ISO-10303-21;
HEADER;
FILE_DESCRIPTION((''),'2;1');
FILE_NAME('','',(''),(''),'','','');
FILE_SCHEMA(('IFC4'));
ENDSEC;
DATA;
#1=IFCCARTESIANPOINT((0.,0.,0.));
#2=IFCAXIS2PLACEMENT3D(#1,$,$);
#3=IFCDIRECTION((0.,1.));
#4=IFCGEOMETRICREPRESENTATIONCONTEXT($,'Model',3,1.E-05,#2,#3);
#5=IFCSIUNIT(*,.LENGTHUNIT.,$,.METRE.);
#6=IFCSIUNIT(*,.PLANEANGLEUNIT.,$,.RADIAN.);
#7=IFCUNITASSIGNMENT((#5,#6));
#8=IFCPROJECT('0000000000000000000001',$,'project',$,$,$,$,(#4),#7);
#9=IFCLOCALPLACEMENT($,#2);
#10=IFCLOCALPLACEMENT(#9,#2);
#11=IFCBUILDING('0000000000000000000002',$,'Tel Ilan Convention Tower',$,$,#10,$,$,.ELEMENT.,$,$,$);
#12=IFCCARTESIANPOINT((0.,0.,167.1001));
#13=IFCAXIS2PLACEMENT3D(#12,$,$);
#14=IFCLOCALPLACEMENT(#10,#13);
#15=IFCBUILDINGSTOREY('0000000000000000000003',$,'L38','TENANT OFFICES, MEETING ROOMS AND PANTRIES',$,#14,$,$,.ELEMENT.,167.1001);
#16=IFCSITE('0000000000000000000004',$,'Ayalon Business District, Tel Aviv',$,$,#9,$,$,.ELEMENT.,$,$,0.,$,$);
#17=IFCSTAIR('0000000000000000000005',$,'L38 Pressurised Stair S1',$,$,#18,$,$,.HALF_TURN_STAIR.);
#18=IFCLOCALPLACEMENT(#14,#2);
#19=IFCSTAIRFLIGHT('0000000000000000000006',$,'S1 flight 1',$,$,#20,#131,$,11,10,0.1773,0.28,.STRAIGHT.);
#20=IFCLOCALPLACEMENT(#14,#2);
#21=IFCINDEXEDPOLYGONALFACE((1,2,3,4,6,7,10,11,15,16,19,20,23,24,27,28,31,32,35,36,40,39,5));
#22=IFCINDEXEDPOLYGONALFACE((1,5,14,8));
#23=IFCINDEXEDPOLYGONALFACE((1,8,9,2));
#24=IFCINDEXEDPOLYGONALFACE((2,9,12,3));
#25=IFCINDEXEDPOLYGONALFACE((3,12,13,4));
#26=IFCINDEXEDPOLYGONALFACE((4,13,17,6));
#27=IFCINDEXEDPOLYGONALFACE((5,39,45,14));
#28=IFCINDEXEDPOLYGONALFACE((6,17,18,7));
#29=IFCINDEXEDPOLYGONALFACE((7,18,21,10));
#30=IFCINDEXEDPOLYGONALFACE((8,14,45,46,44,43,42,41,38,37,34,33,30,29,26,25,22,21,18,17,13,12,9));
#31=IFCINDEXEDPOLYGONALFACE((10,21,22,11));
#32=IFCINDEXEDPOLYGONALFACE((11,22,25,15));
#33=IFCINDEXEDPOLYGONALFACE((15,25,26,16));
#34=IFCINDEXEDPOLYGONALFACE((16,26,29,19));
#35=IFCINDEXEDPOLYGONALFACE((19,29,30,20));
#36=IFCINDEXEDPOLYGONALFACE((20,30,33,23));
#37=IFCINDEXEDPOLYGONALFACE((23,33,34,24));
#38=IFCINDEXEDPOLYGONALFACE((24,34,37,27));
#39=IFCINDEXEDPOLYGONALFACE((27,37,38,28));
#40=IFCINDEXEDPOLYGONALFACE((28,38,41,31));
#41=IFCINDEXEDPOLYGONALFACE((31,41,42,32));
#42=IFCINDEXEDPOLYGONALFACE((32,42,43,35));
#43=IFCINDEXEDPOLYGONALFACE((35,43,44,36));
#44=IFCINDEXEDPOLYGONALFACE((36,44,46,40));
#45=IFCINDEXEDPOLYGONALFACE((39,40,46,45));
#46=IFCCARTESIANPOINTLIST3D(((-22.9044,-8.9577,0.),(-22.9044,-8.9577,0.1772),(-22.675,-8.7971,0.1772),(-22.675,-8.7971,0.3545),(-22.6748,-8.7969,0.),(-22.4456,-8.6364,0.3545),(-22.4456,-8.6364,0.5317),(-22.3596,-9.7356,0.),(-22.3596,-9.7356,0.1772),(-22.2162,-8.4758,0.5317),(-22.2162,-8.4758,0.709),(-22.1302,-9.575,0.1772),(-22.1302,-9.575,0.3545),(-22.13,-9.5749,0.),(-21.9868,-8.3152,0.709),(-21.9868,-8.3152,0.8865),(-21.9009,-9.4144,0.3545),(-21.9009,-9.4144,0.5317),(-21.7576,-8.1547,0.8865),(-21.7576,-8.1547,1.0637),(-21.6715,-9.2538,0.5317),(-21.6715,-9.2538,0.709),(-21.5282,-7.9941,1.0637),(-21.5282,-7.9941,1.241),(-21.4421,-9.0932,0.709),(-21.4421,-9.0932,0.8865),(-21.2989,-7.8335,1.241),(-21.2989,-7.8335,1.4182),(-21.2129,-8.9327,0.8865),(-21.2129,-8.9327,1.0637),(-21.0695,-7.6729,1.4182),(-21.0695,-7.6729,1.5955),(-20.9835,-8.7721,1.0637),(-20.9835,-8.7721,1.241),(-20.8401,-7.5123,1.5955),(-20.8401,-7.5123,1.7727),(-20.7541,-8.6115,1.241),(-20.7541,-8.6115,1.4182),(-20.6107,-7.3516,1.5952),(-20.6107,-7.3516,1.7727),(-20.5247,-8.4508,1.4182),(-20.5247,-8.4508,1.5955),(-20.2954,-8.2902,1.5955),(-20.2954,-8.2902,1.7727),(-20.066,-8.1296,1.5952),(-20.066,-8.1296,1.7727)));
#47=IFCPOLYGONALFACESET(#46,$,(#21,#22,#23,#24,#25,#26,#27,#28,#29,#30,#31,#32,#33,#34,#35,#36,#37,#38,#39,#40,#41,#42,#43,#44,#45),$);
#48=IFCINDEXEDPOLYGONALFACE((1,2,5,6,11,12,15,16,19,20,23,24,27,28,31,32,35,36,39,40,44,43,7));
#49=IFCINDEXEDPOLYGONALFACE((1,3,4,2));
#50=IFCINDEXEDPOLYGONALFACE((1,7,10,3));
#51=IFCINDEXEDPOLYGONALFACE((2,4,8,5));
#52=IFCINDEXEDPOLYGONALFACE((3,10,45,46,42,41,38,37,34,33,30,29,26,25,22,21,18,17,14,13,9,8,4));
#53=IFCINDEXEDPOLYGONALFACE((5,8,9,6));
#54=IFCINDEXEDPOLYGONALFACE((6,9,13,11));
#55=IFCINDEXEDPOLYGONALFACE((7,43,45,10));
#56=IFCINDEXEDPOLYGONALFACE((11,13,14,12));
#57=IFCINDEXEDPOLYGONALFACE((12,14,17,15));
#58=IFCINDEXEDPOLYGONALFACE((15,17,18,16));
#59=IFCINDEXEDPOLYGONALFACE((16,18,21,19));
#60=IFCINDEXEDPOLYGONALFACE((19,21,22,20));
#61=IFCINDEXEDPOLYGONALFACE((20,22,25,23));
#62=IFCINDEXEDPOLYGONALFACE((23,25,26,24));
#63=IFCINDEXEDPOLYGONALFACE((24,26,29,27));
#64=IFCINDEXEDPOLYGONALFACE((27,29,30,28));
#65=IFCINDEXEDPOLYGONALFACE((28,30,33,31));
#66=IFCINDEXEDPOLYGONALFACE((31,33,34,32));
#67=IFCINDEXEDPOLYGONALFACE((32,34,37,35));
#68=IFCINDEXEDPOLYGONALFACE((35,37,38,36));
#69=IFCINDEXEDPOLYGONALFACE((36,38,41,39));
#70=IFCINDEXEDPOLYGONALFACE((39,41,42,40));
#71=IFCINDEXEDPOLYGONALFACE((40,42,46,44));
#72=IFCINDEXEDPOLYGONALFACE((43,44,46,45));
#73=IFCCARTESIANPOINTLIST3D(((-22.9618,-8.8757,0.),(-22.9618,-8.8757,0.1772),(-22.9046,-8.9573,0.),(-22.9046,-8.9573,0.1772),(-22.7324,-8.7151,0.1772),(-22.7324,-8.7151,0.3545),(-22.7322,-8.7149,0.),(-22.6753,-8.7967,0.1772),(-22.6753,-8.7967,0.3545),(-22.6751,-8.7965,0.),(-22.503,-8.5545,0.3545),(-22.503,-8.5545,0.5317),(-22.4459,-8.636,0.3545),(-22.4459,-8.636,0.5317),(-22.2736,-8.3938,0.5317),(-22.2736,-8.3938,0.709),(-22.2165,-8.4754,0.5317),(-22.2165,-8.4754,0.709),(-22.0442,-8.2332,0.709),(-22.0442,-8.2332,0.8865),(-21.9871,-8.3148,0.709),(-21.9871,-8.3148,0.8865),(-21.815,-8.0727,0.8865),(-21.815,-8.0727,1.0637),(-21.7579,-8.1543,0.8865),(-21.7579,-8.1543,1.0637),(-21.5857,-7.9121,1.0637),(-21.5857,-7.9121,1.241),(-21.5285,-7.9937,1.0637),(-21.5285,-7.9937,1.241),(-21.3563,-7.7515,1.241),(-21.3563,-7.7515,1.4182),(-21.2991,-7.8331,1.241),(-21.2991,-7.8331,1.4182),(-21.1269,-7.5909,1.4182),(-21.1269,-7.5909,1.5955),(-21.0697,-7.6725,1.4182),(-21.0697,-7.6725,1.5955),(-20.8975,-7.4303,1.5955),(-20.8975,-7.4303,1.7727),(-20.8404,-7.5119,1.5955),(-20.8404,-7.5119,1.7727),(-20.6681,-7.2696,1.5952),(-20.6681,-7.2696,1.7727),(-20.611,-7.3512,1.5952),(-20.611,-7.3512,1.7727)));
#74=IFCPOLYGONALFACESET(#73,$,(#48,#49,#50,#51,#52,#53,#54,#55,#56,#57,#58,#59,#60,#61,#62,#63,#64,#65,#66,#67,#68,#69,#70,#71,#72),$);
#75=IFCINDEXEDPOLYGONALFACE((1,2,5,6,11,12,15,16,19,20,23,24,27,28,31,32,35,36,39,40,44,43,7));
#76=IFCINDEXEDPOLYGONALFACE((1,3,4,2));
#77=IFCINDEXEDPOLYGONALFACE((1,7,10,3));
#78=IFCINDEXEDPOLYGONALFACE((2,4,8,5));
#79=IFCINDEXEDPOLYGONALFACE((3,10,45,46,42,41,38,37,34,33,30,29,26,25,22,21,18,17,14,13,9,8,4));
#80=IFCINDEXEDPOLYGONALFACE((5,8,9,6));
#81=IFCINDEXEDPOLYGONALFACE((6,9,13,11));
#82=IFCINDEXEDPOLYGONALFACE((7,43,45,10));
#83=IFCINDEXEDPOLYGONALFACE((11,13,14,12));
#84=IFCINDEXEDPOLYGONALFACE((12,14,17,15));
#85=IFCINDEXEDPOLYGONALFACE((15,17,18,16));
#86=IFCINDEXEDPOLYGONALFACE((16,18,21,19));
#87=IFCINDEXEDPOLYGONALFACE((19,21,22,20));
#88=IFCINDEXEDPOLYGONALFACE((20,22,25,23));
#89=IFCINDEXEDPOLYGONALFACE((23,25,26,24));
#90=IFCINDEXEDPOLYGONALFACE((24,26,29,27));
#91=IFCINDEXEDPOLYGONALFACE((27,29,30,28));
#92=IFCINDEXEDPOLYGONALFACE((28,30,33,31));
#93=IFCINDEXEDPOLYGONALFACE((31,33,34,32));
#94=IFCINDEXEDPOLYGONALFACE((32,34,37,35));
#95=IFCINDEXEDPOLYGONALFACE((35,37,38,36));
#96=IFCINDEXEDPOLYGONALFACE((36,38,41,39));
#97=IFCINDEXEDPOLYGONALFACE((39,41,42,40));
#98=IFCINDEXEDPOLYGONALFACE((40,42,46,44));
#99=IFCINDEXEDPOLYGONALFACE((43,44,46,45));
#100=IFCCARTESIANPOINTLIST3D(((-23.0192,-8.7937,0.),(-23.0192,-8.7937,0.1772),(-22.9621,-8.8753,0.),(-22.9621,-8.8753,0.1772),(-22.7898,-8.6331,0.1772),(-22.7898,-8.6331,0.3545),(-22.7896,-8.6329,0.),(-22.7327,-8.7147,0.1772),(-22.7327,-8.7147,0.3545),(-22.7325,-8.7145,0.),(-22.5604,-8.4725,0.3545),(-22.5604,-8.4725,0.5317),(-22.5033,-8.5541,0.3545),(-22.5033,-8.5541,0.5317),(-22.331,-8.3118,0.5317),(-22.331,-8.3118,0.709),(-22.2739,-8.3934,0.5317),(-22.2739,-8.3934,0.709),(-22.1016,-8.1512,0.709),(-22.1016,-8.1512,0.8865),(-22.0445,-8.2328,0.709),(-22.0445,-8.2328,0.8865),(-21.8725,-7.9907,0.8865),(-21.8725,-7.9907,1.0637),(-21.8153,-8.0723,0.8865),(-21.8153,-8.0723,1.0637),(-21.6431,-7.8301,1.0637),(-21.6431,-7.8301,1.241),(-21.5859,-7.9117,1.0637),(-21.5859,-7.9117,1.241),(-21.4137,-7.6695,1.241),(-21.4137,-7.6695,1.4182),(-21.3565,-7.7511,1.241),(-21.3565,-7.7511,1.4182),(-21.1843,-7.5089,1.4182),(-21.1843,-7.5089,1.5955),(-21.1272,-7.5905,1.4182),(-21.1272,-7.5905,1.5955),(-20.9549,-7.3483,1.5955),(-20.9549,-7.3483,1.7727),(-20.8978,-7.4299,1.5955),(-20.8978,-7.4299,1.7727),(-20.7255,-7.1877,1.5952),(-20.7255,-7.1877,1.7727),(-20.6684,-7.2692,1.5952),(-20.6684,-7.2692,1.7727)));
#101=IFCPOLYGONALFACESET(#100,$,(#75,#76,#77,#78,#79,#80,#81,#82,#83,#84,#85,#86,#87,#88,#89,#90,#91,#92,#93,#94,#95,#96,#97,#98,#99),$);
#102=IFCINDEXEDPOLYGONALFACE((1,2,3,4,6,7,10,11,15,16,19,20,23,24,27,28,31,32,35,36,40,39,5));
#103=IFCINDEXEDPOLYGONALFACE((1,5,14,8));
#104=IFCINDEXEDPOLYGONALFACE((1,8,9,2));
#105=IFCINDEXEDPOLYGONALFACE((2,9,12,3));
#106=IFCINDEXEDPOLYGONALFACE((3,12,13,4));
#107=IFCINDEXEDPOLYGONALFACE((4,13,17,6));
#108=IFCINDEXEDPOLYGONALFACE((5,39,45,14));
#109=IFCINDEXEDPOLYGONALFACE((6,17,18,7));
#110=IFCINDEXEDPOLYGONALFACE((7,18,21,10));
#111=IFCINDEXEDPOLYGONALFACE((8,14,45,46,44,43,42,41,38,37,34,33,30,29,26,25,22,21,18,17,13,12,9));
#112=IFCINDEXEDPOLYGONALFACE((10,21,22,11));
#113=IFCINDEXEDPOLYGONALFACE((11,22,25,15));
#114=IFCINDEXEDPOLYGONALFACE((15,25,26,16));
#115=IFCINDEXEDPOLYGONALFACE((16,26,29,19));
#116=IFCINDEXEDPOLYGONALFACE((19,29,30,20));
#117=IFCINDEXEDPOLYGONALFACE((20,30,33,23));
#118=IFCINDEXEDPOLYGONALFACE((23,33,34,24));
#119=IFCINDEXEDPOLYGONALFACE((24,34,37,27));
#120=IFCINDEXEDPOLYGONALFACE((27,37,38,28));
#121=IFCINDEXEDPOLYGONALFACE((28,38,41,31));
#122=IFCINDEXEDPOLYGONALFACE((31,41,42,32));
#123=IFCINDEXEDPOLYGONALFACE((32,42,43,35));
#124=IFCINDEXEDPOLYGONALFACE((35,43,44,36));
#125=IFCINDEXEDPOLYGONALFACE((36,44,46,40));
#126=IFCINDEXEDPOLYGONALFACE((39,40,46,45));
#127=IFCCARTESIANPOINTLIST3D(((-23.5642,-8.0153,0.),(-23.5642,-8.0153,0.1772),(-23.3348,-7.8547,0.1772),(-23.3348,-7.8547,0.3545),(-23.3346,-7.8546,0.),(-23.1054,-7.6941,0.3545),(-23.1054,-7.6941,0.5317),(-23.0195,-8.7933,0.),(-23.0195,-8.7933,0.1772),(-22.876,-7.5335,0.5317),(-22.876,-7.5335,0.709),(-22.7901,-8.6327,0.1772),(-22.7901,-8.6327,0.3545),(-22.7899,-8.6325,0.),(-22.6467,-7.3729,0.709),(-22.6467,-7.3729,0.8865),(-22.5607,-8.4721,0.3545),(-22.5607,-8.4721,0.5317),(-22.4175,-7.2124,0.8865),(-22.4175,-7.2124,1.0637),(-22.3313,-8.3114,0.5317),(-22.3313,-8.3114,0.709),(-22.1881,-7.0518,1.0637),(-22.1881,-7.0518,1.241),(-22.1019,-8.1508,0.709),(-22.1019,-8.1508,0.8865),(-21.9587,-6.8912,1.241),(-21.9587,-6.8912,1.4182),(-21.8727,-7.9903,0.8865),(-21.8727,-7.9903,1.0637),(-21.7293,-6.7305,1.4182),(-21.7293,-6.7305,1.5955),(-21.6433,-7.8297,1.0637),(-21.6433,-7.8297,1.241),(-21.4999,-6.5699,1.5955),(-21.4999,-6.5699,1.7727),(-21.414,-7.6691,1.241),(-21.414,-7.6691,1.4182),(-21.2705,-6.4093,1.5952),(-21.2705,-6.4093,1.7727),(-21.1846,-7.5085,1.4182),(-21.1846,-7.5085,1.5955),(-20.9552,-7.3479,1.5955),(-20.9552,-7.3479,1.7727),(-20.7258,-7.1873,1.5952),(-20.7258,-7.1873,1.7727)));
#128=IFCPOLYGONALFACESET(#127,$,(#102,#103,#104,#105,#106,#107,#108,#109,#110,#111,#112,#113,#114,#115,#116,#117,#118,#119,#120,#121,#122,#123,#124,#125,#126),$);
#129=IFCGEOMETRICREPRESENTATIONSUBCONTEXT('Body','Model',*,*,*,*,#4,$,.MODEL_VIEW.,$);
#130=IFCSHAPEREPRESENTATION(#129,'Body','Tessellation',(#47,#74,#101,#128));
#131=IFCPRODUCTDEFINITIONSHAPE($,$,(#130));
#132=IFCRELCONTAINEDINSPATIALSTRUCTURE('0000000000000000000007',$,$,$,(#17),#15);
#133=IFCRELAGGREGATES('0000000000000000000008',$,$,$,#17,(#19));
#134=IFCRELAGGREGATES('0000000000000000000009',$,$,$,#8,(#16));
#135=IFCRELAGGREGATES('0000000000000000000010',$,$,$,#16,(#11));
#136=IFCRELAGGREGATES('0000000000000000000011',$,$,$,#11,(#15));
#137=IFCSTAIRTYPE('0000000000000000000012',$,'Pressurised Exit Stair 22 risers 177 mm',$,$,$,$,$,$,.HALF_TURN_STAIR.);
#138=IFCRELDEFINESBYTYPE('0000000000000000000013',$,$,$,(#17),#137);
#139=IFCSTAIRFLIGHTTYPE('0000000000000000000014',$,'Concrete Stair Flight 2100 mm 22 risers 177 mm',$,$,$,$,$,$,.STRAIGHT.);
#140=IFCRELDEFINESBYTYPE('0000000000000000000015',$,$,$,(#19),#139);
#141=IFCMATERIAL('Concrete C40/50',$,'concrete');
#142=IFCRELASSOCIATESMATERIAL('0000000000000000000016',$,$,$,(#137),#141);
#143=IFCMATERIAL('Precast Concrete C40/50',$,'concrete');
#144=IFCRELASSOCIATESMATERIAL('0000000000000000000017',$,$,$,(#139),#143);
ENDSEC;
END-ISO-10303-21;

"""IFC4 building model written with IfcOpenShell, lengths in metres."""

from ifc_helpers import new_model, si_unit, direction, frame, origin, place, context, subcontext, project, spatial, polyline, outline, extrude, material, type_object, element, aggregate, save


model = new_model("IFC4")

# Units and contexts
model_context = context("Model", 3, precision=1e-05, world=origin(), true_north=direction((0.0, 1.0)))
body_context = subcontext(model_context, "Body", "Model", "MODEL_VIEW")
ifc_project = project(units=[si_unit("LENGTHUNIT", "METRE"), si_unit("PLANEANGLEUNIT", "RADIAN")], contexts=[model_context])

# Site, building, storey
site_placement = place(None, origin())
site = spatial("IfcSite", under=ifc_project, at=site_placement, Name="Ayalon Business District, Tel Aviv", CompositionType="ELEMENT", RefElevation=0.0)
building_placement = place(site_placement, origin())
building = spatial("IfcBuilding", under=site, at=building_placement, Name="Tel Ilan Convention Tower", CompositionType="ELEMENT")
storey_placement = place(building_placement, frame((0.0, 0.0, 167.1001)))
storey = spatial("IfcBuildingStorey", under=building, at=storey_placement, Name="L38", Description="TENANT OFFICES, MEETING ROOMS AND PANTRIES", CompositionType="ELEMENT", Elevation=167.1001)

# Stair, stair flight
ifc_material_1 = material(Name="Concrete C40/50", Category="concrete")
stair_type = type_object("IfcStairType", Name="Pressurised Exit Stair 22 risers 177 mm", PredefinedType="HALF_TURN_STAIR", material=ifc_material_1)
stair_1_placement = place(storey_placement, origin())
stair_1 = element("IfcStair", 1, at=stair_1_placement, inside=storey, type_object=stair_type, Name="L38 Pressurised Stair S1", PredefinedType="HALF_TURN_STAIR")
ifc_material_2 = material(Name="Precast Concrete C40/50", Category="concrete")
stair_flight_type = type_object("IfcStairFlightType", Name="Concrete Stair Flight 2100 mm 22 risers 177 mm", PredefinedType="STRAIGHT", material=ifc_material_2)
stair_flight_1_placement = place(storey_placement, frame((-22.9619, -8.8755, 0.0), z_axis=(0.0, 0.0, 1.0), x_axis=(0.819152, 0.573576, 0.0)))
stair_flight_1 = element("IfcStairFlight", 2, at=stair_flight_1_placement, type_object=stair_flight_type, Name="S1 flight 1", NumberOfRisers=11, NumberOfTreads=10, PredefinedType="STRAIGHT", RiserHeight=0.1773, TreadLength=0.28, context=body_context, shape_type="SweptSolid", body=[
    extrude(outline(polyline([(0.0, 0.0), (0.0, 0.1772), (0.28, 0.1772), (0.28, 0.3545), (0.5601, 0.3545), (0.5601, 0.5317), (0.8401, 0.5317), (0.8401, 0.709), (1.1201, 0.709), (1.1201, 0.8865), (1.3999, 0.8865), (1.3999, 1.0637), (1.6799, 1.0637), (1.6799, 1.241), (1.96, 1.241), (1.96, 1.4182), (2.24, 1.4182), (2.24, 1.5955), (2.52, 1.5955), (2.52, 1.7727), (2.8, 1.7727), (2.8, 1.95), (2.8, 1.5952), (0.2803, 0.0), (0.0, 0.0)])), frame((0.0, -0.1003, 0.0), z_axis=(0.0, -1.0, 0.0), x_axis=(1.0, 0.0, 0.0)), (0.0, 0.0, 1.0), 0.9497),
    extrude(outline(polyline([(0.0, 0.0), (0.0, 0.1772), (0.28, 0.1772), (0.28, 0.3545), (0.5601, 0.3545), (0.5601, 0.5317), (0.8401, 0.5317), (0.8401, 0.709), (1.1201, 0.709), (1.1201, 0.8865), (1.3999, 0.8865), (1.3999, 1.0637), (1.6799, 1.0637), (1.6799, 1.241), (1.96, 1.241), (1.96, 1.4182), (2.24, 1.4182), (2.24, 1.5955), (2.52, 1.5955), (2.52, 1.7727), (2.8, 1.7727), (2.8, 1.95), (2.8, 1.5952), (0.2803, 0.0), (0.0, 0.0)])), frame((0.0, -0.0002, 0.0), z_axis=(0.0, -1.0, 0.0), x_axis=(1.0, 0.0, 0.0)), (0.0, 0.0, 1.0), 0.0996),
    extrude(outline(polyline([(0.0, 0.0), (0.0, 0.1772), (0.28, 0.1772), (0.28, 0.3545), (0.5601, 0.3545), (0.5601, 0.5317), (0.8401, 0.5317), (0.8401, 0.709), (1.1201, 0.709), (1.1201, 0.8865), (1.3999, 0.8865), (1.3999, 1.0637), (1.6799, 1.0637), (1.6799, 1.241), (1.96, 1.241), (1.96, 1.4182), (2.24, 1.4182), (2.24, 1.5955), (2.52, 1.5955), (2.52, 1.7727), (2.8, 1.7727), (2.8, 1.95), (2.8, 1.5952), (0.2803, 0.0), (0.0, 0.0)])), frame((0.0, 0.0999, 0.0), z_axis=(0.0, -1.0, 0.0), x_axis=(1.0, 0.0, 0.0)), (0.0, 0.0, 1.0), 0.0996),
    extrude(outline(polyline([(0.0, 0.0), (0.0, 0.1772), (0.28, 0.1772), (0.28, 0.3545), (0.5601, 0.3545), (0.5601, 0.5317), (0.8401, 0.5317), (0.8401, 0.709), (1.1201, 0.709), (1.1201, 0.8865), (1.3999, 0.8865), (1.3999, 1.0637), (1.6799, 1.0637), (1.6799, 1.241), (1.96, 1.241), (1.96, 1.4182), (2.24, 1.4182), (2.24, 1.5955), (2.52, 1.5955), (2.52, 1.7727), (2.8, 1.7727), (2.8, 1.95), (2.8, 1.5952), (0.2803, 0.0), (0.0, 0.0)])), frame((0.0, 1.05, 0.0), z_axis=(0.0, -1.0, 0.0), x_axis=(1.0, 0.0, 0.0)), (0.0, 0.0, 1.0), 0.9497),
])
aggregate(stair_1, [stair_flight_1])

save(model, "model.ifc")
